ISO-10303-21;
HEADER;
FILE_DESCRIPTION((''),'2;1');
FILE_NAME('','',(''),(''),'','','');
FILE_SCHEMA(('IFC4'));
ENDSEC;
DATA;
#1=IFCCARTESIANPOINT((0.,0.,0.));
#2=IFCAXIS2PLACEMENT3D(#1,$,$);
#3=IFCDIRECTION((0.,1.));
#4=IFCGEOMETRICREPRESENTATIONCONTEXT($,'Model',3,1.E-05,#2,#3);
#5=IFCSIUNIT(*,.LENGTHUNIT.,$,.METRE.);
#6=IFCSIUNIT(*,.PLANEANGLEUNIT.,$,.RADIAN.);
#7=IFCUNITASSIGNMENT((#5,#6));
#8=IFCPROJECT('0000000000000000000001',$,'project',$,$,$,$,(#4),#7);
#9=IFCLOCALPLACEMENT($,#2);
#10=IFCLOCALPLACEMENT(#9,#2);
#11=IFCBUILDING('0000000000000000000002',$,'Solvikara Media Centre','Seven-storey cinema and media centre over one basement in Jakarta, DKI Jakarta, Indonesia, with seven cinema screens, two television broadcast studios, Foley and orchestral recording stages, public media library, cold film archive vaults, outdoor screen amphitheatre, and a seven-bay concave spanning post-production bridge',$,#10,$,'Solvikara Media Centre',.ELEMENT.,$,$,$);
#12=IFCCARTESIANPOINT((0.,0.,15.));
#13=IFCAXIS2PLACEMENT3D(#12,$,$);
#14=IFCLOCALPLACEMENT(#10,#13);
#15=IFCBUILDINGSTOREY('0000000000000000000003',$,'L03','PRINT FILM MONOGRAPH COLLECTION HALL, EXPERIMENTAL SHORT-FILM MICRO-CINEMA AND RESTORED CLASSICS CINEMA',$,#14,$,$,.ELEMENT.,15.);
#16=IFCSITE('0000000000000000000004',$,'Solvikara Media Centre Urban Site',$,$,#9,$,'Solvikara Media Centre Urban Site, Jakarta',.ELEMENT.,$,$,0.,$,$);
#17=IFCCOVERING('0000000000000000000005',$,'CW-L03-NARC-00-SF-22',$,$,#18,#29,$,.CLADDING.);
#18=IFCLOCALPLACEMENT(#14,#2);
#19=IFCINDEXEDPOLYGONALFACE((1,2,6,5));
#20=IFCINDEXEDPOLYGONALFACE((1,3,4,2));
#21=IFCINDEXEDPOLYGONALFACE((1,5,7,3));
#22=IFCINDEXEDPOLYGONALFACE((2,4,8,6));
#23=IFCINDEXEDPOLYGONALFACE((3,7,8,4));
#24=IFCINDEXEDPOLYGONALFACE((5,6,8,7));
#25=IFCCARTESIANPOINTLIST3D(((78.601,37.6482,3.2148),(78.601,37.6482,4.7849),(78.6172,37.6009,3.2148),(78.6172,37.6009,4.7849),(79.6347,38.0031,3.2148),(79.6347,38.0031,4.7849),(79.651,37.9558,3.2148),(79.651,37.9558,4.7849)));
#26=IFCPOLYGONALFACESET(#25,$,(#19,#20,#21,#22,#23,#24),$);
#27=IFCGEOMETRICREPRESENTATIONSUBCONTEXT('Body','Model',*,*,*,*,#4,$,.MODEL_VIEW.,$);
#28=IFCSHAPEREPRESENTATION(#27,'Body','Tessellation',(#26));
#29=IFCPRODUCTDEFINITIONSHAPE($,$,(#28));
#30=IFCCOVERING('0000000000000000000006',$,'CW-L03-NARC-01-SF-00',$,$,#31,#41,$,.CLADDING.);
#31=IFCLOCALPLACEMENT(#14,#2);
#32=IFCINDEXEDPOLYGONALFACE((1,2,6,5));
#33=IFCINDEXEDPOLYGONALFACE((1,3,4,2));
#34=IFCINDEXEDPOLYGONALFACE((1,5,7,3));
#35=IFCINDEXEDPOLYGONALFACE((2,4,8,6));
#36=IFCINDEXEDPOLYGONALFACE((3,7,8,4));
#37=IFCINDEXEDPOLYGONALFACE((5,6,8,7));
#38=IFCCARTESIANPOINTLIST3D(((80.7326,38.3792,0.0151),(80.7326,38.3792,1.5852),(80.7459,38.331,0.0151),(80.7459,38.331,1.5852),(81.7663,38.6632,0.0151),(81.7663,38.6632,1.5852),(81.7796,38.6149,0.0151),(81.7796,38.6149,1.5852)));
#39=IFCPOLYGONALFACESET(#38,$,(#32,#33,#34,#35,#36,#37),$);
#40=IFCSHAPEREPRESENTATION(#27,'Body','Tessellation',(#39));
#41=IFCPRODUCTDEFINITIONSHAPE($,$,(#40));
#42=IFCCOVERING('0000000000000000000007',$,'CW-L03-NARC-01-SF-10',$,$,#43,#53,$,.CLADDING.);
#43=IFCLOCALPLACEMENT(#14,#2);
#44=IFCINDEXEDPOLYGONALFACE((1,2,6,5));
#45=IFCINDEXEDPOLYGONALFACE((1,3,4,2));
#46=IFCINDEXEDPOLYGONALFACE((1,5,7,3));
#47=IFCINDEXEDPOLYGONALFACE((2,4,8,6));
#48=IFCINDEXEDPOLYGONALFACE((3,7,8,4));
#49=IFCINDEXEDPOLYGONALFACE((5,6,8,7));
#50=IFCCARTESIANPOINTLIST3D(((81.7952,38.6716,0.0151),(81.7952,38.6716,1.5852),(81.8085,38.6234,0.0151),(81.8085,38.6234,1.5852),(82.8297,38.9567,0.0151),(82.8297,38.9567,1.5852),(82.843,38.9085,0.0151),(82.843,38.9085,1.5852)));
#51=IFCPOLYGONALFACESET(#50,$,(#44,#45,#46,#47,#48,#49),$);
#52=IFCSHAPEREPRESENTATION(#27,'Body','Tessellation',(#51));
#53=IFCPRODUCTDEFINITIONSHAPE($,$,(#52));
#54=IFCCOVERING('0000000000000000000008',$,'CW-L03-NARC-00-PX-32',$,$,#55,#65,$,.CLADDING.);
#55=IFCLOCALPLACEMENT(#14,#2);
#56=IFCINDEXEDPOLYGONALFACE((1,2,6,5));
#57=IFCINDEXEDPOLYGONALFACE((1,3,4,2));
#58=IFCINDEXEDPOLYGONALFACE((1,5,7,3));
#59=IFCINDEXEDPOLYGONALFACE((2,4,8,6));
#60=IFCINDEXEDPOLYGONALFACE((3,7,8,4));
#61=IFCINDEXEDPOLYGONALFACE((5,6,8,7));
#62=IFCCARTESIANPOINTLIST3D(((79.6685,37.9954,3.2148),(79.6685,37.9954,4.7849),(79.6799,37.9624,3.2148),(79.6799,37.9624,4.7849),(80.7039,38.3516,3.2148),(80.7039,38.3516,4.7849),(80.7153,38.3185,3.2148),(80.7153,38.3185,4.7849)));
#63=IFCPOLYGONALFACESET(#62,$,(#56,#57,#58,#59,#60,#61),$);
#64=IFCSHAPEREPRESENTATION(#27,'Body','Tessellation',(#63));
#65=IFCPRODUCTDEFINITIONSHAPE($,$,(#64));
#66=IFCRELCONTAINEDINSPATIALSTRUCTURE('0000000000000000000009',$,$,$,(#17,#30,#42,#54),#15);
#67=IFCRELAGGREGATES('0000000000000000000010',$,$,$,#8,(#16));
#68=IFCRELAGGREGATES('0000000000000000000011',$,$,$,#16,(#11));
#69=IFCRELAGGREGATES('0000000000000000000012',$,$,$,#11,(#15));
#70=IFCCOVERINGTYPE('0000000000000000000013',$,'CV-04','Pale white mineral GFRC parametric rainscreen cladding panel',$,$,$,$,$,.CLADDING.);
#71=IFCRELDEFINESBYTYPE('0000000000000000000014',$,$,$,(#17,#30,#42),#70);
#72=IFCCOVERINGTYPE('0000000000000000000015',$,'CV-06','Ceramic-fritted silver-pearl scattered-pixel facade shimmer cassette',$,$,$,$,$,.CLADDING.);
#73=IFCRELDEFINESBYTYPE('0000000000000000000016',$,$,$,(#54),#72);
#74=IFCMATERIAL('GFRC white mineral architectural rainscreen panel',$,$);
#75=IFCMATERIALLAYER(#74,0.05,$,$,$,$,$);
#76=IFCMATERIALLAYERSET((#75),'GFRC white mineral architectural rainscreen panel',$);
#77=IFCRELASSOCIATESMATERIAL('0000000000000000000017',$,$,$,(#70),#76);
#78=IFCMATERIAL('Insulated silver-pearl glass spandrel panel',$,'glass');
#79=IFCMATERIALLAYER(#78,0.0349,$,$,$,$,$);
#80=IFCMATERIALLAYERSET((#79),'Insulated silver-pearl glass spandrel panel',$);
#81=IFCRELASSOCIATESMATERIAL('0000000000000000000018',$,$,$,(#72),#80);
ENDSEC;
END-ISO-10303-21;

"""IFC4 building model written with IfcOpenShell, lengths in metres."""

from ifc_helpers import new_model, si_unit, direction, frame, origin, origin_2d, place, context, subcontext, project, spatial, rectangle, extrude, material, layer, layer_set, type_object, element, save


model = new_model("IFC4")

# Units and contexts
model_context = context("Model", 3, precision=1e-05, world=origin(), true_north=direction((0.0, 1.0)))
body_context = subcontext(model_context, "Body", "Model", "MODEL_VIEW")
ifc_project = project(units=[si_unit("LENGTHUNIT", "METRE"), si_unit("PLANEANGLEUNIT", "RADIAN")], contexts=[model_context])

# Site, building, storey
site_placement = place(None, origin())
site = spatial("IfcSite", under=ifc_project, at=site_placement, Name="Solvikara Media Centre Urban Site", LongName="Solvikara Media Centre Urban Site, Jakarta", CompositionType="ELEMENT", RefElevation=0.0)
building_placement = place(site_placement, origin())
building = spatial("IfcBuilding", under=site, at=building_placement, Name="Solvikara Media Centre", Description="Seven-storey cinema and media centre over one basement in Jakarta, DKI Jakarta, Indonesia, with seven cinema screens, two television broadcast studios, Foley and orchestral recording stages, public media library, cold film archive vaults, outdoor screen amphitheatre, and a seven-bay concave spanning post-production bridge", LongName="Solvikara Media Centre", CompositionType="ELEMENT")
storey_placement = place(building_placement, frame((0.0, 0.0, 15.0)))
storey = spatial("IfcBuildingStorey", under=building, at=storey_placement, Name="L03", Description="PRINT FILM MONOGRAPH COLLECTION HALL, EXPERIMENTAL SHORT-FILM MICRO-CINEMA AND RESTORED CLASSICS CINEMA", CompositionType="ELEMENT", Elevation=15.0)

# Shared definitions
ifc_material_1 = material(Name="Insulated silver-pearl glass spandrel panel", Category="glass")

# Coverings
ifc_material_2 = material(Name="GFRC white mineral architectural rainscreen panel")
ifc_layer_1 = layer(ifc_material_2, 0.05)
ifc_layer_set_1 = layer_set([ifc_layer_1], Name="GFRC white mineral architectural rainscreen panel")
covering_type_1 = type_object("IfcCoveringType", Name="CV-04", Description="Pale white mineral GFRC parametric rainscreen cladding panel", PredefinedType="CLADDING", material=ifc_layer_set_1)
for number, where, z_axis, x_axis, name in (
    (1, (79.126, 37.802, 3.2148), (0.0, 0.0, 1.0), (0.945808, 0.324726, 0.0), "CW-L03-NARC-00-SF-22"),
):
    element("IfcCovering", number, at=place(storey_placement, frame(where, z_axis=z_axis, x_axis=x_axis)), inside=storey, type_object=covering_type_1, Name=name, PredefinedType="CLADDING", context=body_context, shape_type="SweptSolid", body=[
        extrude(rectangle(XDim=1.093, YDim=0.05, at=origin_2d()), origin(), (0.0, 0.0, 1.0), 1.5701),
    ])
covering_1_placement = place(storey_placement, frame((81.2561, 38.4971, 0.0151), z_axis=(0.0, 0.0, 1.0), x_axis=(0.96429, 0.264849, 0.0)))
element("IfcCovering", 2, at=covering_1_placement, inside=storey, type_object=covering_type_1, Name="CW-L03-NARC-01-SF-00", PredefinedType="CLADDING", context=body_context, shape_type="SweptSolid", body=[
    extrude(rectangle(XDim=1.072, YDim=0.05, at=origin_2d()), origin(), (0.0, 0.0, 1.0), 1.5701),
])
covering_2_placement = place(storey_placement, frame((82.3191, 38.79, 0.0151), z_axis=(0.0, 0.0, 1.0), x_axis=(0.964049, 0.265724, 0.0)))
element("IfcCovering", 3, at=covering_2_placement, inside=storey, type_object=covering_type_1, Name="CW-L03-NARC-01-SF-10", PredefinedType="CLADDING", context=body_context, shape_type="SweptSolid", body=[
    extrude(rectangle(XDim=1.073, YDim=0.05, at=origin_2d()), origin(), (0.0, 0.0, 1.0), 1.5701),
])
ifc_layer_2 = layer(ifc_material_1, 0.0349)
ifc_layer_set_2 = layer_set([ifc_layer_2], Name="Insulated silver-pearl glass spandrel panel")
covering_type_2 = type_object("IfcCoveringType", Name="CV-06", Description="Ceramic-fritted silver-pearl scattered-pixel facade shimmer cassette", PredefinedType="CLADDING", material=ifc_layer_set_2)
covering_3_placement = place(storey_placement, frame((80.1919, 38.157, 3.2148), z_axis=(0.0, 0.0, 1.0), x_axis=(0.945626, 0.325255, 0.0)))
element("IfcCovering", 4, at=covering_3_placement, inside=storey, type_object=covering_type_2, Name="CW-L03-NARC-00-PX-32", PredefinedType="CLADDING", context=body_context, shape_type="SweptSolid", body=[
    extrude(rectangle(XDim=1.095, YDim=0.0349, at=origin_2d()), origin(), (0.0, 0.0, 1.0), 1.5701),
])

save(model, "model.ifc")
